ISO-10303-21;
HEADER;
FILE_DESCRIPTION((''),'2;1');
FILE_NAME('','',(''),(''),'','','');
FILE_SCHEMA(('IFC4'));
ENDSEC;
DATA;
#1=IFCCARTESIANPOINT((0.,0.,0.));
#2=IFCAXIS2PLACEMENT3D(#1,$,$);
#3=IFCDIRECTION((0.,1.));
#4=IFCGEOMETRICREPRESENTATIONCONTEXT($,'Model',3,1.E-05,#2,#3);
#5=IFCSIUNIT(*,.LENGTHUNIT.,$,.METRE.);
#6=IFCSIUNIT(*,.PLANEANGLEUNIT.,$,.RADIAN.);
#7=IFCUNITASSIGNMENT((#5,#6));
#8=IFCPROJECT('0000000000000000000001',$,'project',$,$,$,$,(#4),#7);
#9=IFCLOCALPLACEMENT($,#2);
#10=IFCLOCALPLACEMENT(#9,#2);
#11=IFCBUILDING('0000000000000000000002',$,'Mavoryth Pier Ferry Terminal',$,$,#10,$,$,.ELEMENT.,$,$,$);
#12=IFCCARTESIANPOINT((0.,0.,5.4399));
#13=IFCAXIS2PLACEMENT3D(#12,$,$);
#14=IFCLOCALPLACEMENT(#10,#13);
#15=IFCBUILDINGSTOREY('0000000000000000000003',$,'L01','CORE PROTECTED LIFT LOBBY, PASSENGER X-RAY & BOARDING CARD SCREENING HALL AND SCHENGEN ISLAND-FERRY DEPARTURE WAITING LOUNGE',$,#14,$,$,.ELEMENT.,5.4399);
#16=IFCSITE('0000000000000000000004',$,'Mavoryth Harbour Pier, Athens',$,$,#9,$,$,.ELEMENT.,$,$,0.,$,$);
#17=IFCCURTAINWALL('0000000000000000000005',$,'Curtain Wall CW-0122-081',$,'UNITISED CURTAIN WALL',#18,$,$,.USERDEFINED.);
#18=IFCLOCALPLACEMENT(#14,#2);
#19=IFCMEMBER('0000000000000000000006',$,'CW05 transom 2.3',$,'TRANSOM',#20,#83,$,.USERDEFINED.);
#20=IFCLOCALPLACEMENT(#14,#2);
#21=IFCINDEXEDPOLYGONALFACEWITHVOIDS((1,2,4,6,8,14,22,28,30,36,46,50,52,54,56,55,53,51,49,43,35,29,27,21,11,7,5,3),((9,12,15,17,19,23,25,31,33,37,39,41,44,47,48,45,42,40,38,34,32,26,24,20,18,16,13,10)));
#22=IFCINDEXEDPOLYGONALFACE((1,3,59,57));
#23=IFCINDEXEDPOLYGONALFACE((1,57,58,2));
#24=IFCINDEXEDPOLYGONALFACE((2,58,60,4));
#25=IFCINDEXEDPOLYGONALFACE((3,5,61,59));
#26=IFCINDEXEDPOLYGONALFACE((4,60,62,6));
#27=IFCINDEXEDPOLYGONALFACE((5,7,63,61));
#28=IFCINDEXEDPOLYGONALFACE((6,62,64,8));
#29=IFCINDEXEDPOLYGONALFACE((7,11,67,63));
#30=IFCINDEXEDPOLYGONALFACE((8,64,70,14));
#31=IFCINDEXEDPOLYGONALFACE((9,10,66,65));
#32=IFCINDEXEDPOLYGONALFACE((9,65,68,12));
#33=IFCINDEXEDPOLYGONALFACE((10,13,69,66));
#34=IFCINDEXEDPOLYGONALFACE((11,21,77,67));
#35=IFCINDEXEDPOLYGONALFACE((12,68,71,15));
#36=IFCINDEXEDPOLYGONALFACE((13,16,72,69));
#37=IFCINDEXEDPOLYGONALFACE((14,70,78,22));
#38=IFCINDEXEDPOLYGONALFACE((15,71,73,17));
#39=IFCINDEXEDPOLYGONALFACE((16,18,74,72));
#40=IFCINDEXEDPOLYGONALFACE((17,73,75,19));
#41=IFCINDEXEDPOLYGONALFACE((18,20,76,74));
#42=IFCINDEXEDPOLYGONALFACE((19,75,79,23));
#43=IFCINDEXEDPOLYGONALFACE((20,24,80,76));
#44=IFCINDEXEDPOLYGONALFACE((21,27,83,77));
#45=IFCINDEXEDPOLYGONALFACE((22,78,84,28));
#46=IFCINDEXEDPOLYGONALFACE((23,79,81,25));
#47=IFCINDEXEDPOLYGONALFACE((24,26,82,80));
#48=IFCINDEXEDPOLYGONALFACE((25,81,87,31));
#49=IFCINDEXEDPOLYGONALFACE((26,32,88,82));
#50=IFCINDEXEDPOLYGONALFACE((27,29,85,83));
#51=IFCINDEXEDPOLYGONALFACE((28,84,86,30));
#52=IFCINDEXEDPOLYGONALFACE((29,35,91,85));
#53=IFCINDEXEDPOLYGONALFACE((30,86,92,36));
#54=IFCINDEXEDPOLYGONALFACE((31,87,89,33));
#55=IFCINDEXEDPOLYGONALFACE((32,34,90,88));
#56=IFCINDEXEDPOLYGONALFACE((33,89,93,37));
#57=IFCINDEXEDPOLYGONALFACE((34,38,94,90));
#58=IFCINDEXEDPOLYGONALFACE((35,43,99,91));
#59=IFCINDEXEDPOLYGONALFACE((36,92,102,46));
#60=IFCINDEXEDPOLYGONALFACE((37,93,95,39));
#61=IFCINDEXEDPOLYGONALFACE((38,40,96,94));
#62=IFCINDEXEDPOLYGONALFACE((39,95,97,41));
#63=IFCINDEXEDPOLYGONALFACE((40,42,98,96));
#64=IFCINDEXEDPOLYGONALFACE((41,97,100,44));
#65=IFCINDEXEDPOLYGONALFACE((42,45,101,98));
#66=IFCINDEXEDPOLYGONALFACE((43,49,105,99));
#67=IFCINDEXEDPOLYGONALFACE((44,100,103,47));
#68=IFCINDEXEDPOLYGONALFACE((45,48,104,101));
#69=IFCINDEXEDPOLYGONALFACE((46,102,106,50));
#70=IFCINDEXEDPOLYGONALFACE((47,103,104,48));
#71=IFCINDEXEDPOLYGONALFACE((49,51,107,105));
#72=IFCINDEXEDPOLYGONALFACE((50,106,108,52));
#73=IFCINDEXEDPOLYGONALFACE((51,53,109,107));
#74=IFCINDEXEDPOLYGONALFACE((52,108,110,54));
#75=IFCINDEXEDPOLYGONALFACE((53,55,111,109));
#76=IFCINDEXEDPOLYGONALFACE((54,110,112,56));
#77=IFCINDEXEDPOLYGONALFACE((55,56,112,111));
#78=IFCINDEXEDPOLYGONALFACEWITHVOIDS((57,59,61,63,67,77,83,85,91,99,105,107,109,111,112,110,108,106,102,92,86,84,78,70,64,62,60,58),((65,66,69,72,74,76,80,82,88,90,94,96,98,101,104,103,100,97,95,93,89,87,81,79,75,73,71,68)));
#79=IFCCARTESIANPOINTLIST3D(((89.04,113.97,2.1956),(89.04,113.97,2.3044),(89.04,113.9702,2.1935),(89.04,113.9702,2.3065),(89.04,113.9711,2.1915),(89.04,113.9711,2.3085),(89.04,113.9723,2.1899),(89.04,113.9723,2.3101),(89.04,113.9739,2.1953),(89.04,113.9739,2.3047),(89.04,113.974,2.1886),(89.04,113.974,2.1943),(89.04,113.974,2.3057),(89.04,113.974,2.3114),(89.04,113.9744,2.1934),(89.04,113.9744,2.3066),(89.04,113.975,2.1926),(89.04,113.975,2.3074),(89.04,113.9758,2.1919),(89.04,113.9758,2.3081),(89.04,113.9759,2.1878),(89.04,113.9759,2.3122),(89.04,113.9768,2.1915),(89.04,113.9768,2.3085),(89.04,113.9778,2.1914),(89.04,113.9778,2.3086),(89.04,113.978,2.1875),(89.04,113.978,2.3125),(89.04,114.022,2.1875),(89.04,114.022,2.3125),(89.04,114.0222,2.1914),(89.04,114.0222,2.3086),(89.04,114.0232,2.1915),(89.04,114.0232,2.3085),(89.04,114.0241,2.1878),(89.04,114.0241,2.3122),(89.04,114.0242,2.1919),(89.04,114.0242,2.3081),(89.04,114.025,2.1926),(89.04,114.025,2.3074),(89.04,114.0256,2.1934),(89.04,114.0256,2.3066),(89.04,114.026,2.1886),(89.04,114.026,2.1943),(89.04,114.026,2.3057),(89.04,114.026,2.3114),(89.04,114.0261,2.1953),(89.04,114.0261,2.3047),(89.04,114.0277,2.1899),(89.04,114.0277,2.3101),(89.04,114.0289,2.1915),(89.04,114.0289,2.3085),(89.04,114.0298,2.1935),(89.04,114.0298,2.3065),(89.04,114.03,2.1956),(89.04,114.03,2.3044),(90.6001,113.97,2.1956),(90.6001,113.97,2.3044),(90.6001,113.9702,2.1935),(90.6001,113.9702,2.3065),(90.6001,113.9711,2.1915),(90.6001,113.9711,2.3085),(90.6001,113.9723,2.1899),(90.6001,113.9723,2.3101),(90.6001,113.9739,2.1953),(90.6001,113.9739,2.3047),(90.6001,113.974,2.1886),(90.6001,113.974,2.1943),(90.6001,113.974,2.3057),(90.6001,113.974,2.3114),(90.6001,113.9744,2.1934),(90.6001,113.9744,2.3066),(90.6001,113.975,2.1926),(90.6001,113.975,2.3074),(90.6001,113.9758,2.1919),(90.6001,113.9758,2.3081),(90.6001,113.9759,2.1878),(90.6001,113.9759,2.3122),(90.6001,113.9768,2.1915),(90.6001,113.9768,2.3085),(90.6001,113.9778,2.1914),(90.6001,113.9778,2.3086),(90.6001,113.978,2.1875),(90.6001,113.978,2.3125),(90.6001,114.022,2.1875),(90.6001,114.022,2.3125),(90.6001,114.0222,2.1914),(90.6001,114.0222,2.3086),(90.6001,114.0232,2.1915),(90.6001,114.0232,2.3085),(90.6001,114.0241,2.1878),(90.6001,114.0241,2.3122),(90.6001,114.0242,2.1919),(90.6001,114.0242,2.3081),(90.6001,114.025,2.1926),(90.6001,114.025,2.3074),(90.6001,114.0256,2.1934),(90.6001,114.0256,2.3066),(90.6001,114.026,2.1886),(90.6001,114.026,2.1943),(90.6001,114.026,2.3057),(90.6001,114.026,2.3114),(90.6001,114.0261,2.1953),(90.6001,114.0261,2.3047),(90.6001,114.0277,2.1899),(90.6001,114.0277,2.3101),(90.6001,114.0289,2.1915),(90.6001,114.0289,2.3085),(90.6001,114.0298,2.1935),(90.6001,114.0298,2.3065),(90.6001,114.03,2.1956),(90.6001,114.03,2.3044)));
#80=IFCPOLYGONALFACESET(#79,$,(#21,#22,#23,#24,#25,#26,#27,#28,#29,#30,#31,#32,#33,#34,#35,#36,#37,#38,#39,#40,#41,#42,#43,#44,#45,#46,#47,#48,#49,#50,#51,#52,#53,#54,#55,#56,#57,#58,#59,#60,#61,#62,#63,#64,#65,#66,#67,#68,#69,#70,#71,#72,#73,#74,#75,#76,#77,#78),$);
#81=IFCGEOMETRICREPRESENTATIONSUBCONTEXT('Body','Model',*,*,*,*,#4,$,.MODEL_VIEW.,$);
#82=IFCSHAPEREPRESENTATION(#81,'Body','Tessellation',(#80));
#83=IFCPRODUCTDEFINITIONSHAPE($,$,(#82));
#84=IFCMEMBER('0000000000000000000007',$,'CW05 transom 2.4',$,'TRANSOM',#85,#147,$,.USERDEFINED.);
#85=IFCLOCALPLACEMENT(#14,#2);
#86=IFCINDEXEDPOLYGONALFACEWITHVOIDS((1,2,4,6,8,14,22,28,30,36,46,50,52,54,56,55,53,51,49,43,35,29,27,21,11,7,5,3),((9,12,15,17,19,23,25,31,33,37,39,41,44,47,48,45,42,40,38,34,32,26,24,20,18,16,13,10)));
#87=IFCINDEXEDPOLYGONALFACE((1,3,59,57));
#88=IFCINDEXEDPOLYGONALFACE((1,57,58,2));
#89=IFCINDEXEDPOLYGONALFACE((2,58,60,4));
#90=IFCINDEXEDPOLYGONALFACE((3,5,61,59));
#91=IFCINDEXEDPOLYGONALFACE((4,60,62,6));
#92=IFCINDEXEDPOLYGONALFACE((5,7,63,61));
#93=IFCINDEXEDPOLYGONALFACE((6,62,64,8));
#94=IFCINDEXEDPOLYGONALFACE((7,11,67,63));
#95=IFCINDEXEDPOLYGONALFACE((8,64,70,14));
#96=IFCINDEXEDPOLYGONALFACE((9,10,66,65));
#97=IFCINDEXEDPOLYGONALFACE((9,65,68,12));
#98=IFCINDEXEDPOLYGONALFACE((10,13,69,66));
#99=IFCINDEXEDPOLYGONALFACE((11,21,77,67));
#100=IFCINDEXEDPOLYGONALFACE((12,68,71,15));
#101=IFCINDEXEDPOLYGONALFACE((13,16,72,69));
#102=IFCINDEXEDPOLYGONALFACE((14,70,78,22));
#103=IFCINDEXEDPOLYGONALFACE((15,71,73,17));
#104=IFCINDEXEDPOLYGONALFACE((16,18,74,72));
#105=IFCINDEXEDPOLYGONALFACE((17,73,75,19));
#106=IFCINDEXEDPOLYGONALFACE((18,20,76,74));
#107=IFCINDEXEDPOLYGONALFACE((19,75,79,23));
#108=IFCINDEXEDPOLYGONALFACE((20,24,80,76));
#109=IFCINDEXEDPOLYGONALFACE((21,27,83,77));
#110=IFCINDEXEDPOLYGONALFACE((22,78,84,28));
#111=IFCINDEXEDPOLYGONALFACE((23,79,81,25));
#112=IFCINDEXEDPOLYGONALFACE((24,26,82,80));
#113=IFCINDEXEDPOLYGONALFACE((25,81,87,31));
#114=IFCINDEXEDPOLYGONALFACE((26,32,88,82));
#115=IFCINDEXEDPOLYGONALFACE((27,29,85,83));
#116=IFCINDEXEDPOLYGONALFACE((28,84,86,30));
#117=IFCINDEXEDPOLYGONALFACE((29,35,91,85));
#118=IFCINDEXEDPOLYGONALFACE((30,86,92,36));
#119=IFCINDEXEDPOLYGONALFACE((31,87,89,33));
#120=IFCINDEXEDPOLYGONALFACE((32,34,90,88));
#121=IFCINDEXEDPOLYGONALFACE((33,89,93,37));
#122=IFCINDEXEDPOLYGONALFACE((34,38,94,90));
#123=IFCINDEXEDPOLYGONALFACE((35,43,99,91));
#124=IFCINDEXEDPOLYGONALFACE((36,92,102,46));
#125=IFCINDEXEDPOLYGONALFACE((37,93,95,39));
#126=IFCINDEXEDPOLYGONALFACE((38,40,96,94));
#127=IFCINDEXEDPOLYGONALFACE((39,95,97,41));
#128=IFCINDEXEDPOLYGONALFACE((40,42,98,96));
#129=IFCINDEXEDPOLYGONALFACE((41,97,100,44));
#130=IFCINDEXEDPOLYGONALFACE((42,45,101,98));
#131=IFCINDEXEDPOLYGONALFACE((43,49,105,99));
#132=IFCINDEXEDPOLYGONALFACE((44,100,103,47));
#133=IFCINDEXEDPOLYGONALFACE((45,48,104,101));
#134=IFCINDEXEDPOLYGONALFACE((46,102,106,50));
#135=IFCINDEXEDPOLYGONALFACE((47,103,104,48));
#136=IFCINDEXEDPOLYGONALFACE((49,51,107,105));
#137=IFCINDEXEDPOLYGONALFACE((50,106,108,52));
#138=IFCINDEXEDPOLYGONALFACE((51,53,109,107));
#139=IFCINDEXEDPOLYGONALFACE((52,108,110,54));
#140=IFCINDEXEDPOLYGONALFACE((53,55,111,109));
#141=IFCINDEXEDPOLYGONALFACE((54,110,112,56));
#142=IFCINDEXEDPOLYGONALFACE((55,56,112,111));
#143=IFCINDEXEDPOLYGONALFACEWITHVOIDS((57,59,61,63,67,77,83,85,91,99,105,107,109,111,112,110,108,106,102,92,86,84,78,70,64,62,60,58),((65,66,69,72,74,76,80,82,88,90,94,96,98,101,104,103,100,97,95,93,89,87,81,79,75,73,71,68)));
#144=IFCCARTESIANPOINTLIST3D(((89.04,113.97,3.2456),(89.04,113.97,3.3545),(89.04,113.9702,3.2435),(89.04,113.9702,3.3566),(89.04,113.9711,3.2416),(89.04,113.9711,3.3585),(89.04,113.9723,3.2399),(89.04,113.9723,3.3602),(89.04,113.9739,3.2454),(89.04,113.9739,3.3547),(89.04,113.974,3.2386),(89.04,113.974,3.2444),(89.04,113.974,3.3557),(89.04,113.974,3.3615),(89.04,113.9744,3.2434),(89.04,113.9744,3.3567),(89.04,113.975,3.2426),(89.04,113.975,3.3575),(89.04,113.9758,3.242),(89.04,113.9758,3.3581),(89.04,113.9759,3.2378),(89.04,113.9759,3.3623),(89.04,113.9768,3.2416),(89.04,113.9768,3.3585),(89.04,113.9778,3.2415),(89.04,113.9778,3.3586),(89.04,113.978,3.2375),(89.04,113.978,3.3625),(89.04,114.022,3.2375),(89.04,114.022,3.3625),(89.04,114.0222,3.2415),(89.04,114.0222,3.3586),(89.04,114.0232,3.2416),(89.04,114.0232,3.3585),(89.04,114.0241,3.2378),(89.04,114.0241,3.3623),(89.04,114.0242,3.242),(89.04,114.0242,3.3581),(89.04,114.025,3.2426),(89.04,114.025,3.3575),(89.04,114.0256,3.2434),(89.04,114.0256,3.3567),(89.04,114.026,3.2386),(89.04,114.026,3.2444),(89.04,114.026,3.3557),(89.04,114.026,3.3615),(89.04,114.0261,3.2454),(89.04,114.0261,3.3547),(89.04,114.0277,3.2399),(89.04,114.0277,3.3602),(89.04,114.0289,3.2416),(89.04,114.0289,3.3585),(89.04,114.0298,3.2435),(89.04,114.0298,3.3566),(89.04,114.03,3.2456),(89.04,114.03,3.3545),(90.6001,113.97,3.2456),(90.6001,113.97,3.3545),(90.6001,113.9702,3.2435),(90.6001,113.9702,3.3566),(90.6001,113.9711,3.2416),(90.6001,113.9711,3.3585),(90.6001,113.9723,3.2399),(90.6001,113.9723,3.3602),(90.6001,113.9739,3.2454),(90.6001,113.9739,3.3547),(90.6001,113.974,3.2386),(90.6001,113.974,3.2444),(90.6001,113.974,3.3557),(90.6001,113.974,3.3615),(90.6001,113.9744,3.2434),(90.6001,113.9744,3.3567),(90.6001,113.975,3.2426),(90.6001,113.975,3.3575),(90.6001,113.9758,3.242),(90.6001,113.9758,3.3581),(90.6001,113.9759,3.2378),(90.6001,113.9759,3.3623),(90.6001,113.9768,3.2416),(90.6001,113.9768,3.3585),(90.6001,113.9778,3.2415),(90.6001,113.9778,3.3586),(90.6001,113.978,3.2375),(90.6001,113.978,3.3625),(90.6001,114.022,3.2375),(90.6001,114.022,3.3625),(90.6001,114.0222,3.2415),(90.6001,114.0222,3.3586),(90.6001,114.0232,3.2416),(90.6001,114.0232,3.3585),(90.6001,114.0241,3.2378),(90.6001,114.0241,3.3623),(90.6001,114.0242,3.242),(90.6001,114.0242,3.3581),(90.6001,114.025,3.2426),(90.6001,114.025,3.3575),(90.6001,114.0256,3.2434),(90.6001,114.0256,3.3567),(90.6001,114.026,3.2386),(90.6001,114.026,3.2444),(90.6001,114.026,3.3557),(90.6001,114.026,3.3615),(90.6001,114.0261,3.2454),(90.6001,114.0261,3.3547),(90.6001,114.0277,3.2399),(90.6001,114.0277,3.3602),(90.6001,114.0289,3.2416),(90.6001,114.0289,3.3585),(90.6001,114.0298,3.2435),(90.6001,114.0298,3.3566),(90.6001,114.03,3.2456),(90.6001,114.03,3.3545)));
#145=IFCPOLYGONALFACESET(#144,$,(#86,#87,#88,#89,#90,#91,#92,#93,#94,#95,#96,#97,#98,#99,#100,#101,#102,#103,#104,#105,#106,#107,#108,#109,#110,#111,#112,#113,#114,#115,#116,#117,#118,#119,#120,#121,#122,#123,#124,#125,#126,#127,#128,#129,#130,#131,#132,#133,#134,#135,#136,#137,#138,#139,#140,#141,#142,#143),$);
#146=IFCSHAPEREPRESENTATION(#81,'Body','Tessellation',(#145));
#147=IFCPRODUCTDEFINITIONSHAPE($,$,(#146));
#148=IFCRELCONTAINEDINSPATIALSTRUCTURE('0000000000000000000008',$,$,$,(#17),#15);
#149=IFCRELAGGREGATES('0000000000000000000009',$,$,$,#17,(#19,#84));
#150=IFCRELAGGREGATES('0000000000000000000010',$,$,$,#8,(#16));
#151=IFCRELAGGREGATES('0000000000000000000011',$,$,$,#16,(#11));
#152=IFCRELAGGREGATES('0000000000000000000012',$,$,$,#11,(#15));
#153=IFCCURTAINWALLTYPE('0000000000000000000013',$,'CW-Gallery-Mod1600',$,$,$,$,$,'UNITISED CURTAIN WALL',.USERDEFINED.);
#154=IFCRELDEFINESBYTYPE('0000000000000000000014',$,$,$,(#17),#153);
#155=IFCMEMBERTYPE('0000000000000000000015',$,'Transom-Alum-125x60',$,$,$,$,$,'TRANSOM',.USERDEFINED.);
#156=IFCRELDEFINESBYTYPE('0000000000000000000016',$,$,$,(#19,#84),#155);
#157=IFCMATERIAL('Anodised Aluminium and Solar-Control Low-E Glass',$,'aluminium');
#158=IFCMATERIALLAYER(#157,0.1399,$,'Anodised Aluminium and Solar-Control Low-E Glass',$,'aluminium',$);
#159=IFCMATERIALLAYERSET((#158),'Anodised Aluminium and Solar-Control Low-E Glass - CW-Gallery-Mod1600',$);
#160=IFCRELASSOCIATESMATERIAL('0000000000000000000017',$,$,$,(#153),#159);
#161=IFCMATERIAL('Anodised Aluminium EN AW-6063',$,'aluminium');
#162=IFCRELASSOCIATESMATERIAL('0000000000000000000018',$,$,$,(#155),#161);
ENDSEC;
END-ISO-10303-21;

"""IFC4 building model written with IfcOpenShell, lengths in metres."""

from ifc_helpers import new_model, si_unit, direction, frame, origin, origin_2d, place, context, subcontext, project, spatial, hollow_rectangle, extrude, material, layer, layer_set, material_profile, profile_set, type_object, element, aggregate, save


model = new_model("IFC4")

# Units and contexts
model_context = context("Model", 3, precision=1e-05, world=origin(), true_north=direction((0.0, 1.0)))
body_context = subcontext(model_context, "Body", "Model", "MODEL_VIEW")
ifc_project = project(units=[si_unit("LENGTHUNIT", "METRE"), si_unit("PLANEANGLEUNIT", "RADIAN")], contexts=[model_context])

# Site, building, storey
site_placement = place(None, origin())
site = spatial("IfcSite", under=ifc_project, at=site_placement, Name="Mavoryth Harbour Pier, Athens", CompositionType="ELEMENT", RefElevation=0.0)
building_placement = place(site_placement, origin())
building = spatial("IfcBuilding", under=site, at=building_placement, Name="Mavoryth Pier Ferry Terminal", CompositionType="ELEMENT")
storey_placement = place(building_placement, frame((0.0, 0.0, 5.4399)))
storey = spatial("IfcBuildingStorey", under=building, at=storey_placement, Name="L01", Description="CORE PROTECTED LIFT LOBBY, PASSENGER X-RAY & BOARDING CARD SCREENING HALL AND SCHENGEN ISLAND-FERRY DEPARTURE WAITING LOUNGE", CompositionType="ELEMENT", Elevation=5.4399)

# Curtain wall
ifc_material_1 = material(Name="Anodised Aluminium and Solar-Control Low-E Glass", Category="aluminium")
ifc_layer_1 = layer(ifc_material_1, 0.1399, Name="Anodised Aluminium and Solar-Control Low-E Glass", Category="aluminium")
ifc_layer_set_1 = layer_set([ifc_layer_1], Name="Anodised Aluminium and Solar-Control Low-E Glass - CW-Gallery-Mod1600")
curtain_wall_type = type_object("IfcCurtainWallType", Name="CW-Gallery-Mod1600", ElementType="UNITISED CURTAIN WALL", PredefinedType="USERDEFINED", material=ifc_layer_set_1)
curtain_wall_1_placement = place(storey_placement, origin())
curtain_wall_1 = element("IfcCurtainWall", 1, at=curtain_wall_1_placement, inside=storey, type_object=curtain_wall_type, Name="Curtain Wall CW-0122-081", ObjectType="UNITISED CURTAIN WALL", PredefinedType="USERDEFINED")
ifc_material_2 = material(Name="Anodised Aluminium EN AW-6063", Category="aluminium")

# Members
ifc_material_profile_1 = material_profile(ifc_material_2, hollow_rectangle(XDim=0.0601, YDim=0.125, WallThickness=0.0039, InnerFilletRadius=0.0039, OuterFilletRadius=0.0081, at=origin_2d()), Name="AL-TRAN 125x60x4", Category="aluminium")
ifc_profile_set_1 = profile_set([ifc_material_profile_1], Name="Anodised Aluminium EN AW-6063 - AL-TRAN 125x60x4")
member_type_1 = type_object("IfcMemberType", Name="Transom-Alum-125x60", ElementType="TRANSOM", PredefinedType="USERDEFINED", material=ifc_profile_set_1)
member_1_placement = place(storey_placement, frame((90.6001, 114.0, 2.25), z_axis=(-1.0, 0.0, 0.0), x_axis=(0.0, -1.0, 0.0)))
member_1 = element("IfcMember", 2, at=member_1_placement, type_object=member_type_1, Name="CW05 transom 2.3", ObjectType="TRANSOM", PredefinedType="USERDEFINED", context=body_context, shape_type="SweptSolid", body=[
    extrude(hollow_rectangle(XDim=0.0601, YDim=0.125, WallThickness=0.0039, InnerFilletRadius=0.0039, OuterFilletRadius=0.0081, at=origin_2d()), origin(), (0.0, 0.0, 1.0), 1.5601),
])
member_2_placement = place(storey_placement, frame((90.6001, 114.0, 3.3), z_axis=(-1.0, 0.0, 0.0), x_axis=(0.0, -1.0, 0.0)))
member_2 = element("IfcMember", 3, at=member_2_placement, type_object=member_type_1, Name="CW05 transom 2.4", ObjectType="TRANSOM", PredefinedType="USERDEFINED", context=body_context, shape_type="SweptSolid", body=[
    extrude(hollow_rectangle(XDim=0.0601, YDim=0.125, WallThickness=0.0039, InnerFilletRadius=0.0039, OuterFilletRadius=0.0081, at=origin_2d()), origin(), (0.0, 0.0, 1.0), 1.5601),
])

aggregate(curtain_wall_1, [member_1, member_2])

save(model, "model.ifc")
